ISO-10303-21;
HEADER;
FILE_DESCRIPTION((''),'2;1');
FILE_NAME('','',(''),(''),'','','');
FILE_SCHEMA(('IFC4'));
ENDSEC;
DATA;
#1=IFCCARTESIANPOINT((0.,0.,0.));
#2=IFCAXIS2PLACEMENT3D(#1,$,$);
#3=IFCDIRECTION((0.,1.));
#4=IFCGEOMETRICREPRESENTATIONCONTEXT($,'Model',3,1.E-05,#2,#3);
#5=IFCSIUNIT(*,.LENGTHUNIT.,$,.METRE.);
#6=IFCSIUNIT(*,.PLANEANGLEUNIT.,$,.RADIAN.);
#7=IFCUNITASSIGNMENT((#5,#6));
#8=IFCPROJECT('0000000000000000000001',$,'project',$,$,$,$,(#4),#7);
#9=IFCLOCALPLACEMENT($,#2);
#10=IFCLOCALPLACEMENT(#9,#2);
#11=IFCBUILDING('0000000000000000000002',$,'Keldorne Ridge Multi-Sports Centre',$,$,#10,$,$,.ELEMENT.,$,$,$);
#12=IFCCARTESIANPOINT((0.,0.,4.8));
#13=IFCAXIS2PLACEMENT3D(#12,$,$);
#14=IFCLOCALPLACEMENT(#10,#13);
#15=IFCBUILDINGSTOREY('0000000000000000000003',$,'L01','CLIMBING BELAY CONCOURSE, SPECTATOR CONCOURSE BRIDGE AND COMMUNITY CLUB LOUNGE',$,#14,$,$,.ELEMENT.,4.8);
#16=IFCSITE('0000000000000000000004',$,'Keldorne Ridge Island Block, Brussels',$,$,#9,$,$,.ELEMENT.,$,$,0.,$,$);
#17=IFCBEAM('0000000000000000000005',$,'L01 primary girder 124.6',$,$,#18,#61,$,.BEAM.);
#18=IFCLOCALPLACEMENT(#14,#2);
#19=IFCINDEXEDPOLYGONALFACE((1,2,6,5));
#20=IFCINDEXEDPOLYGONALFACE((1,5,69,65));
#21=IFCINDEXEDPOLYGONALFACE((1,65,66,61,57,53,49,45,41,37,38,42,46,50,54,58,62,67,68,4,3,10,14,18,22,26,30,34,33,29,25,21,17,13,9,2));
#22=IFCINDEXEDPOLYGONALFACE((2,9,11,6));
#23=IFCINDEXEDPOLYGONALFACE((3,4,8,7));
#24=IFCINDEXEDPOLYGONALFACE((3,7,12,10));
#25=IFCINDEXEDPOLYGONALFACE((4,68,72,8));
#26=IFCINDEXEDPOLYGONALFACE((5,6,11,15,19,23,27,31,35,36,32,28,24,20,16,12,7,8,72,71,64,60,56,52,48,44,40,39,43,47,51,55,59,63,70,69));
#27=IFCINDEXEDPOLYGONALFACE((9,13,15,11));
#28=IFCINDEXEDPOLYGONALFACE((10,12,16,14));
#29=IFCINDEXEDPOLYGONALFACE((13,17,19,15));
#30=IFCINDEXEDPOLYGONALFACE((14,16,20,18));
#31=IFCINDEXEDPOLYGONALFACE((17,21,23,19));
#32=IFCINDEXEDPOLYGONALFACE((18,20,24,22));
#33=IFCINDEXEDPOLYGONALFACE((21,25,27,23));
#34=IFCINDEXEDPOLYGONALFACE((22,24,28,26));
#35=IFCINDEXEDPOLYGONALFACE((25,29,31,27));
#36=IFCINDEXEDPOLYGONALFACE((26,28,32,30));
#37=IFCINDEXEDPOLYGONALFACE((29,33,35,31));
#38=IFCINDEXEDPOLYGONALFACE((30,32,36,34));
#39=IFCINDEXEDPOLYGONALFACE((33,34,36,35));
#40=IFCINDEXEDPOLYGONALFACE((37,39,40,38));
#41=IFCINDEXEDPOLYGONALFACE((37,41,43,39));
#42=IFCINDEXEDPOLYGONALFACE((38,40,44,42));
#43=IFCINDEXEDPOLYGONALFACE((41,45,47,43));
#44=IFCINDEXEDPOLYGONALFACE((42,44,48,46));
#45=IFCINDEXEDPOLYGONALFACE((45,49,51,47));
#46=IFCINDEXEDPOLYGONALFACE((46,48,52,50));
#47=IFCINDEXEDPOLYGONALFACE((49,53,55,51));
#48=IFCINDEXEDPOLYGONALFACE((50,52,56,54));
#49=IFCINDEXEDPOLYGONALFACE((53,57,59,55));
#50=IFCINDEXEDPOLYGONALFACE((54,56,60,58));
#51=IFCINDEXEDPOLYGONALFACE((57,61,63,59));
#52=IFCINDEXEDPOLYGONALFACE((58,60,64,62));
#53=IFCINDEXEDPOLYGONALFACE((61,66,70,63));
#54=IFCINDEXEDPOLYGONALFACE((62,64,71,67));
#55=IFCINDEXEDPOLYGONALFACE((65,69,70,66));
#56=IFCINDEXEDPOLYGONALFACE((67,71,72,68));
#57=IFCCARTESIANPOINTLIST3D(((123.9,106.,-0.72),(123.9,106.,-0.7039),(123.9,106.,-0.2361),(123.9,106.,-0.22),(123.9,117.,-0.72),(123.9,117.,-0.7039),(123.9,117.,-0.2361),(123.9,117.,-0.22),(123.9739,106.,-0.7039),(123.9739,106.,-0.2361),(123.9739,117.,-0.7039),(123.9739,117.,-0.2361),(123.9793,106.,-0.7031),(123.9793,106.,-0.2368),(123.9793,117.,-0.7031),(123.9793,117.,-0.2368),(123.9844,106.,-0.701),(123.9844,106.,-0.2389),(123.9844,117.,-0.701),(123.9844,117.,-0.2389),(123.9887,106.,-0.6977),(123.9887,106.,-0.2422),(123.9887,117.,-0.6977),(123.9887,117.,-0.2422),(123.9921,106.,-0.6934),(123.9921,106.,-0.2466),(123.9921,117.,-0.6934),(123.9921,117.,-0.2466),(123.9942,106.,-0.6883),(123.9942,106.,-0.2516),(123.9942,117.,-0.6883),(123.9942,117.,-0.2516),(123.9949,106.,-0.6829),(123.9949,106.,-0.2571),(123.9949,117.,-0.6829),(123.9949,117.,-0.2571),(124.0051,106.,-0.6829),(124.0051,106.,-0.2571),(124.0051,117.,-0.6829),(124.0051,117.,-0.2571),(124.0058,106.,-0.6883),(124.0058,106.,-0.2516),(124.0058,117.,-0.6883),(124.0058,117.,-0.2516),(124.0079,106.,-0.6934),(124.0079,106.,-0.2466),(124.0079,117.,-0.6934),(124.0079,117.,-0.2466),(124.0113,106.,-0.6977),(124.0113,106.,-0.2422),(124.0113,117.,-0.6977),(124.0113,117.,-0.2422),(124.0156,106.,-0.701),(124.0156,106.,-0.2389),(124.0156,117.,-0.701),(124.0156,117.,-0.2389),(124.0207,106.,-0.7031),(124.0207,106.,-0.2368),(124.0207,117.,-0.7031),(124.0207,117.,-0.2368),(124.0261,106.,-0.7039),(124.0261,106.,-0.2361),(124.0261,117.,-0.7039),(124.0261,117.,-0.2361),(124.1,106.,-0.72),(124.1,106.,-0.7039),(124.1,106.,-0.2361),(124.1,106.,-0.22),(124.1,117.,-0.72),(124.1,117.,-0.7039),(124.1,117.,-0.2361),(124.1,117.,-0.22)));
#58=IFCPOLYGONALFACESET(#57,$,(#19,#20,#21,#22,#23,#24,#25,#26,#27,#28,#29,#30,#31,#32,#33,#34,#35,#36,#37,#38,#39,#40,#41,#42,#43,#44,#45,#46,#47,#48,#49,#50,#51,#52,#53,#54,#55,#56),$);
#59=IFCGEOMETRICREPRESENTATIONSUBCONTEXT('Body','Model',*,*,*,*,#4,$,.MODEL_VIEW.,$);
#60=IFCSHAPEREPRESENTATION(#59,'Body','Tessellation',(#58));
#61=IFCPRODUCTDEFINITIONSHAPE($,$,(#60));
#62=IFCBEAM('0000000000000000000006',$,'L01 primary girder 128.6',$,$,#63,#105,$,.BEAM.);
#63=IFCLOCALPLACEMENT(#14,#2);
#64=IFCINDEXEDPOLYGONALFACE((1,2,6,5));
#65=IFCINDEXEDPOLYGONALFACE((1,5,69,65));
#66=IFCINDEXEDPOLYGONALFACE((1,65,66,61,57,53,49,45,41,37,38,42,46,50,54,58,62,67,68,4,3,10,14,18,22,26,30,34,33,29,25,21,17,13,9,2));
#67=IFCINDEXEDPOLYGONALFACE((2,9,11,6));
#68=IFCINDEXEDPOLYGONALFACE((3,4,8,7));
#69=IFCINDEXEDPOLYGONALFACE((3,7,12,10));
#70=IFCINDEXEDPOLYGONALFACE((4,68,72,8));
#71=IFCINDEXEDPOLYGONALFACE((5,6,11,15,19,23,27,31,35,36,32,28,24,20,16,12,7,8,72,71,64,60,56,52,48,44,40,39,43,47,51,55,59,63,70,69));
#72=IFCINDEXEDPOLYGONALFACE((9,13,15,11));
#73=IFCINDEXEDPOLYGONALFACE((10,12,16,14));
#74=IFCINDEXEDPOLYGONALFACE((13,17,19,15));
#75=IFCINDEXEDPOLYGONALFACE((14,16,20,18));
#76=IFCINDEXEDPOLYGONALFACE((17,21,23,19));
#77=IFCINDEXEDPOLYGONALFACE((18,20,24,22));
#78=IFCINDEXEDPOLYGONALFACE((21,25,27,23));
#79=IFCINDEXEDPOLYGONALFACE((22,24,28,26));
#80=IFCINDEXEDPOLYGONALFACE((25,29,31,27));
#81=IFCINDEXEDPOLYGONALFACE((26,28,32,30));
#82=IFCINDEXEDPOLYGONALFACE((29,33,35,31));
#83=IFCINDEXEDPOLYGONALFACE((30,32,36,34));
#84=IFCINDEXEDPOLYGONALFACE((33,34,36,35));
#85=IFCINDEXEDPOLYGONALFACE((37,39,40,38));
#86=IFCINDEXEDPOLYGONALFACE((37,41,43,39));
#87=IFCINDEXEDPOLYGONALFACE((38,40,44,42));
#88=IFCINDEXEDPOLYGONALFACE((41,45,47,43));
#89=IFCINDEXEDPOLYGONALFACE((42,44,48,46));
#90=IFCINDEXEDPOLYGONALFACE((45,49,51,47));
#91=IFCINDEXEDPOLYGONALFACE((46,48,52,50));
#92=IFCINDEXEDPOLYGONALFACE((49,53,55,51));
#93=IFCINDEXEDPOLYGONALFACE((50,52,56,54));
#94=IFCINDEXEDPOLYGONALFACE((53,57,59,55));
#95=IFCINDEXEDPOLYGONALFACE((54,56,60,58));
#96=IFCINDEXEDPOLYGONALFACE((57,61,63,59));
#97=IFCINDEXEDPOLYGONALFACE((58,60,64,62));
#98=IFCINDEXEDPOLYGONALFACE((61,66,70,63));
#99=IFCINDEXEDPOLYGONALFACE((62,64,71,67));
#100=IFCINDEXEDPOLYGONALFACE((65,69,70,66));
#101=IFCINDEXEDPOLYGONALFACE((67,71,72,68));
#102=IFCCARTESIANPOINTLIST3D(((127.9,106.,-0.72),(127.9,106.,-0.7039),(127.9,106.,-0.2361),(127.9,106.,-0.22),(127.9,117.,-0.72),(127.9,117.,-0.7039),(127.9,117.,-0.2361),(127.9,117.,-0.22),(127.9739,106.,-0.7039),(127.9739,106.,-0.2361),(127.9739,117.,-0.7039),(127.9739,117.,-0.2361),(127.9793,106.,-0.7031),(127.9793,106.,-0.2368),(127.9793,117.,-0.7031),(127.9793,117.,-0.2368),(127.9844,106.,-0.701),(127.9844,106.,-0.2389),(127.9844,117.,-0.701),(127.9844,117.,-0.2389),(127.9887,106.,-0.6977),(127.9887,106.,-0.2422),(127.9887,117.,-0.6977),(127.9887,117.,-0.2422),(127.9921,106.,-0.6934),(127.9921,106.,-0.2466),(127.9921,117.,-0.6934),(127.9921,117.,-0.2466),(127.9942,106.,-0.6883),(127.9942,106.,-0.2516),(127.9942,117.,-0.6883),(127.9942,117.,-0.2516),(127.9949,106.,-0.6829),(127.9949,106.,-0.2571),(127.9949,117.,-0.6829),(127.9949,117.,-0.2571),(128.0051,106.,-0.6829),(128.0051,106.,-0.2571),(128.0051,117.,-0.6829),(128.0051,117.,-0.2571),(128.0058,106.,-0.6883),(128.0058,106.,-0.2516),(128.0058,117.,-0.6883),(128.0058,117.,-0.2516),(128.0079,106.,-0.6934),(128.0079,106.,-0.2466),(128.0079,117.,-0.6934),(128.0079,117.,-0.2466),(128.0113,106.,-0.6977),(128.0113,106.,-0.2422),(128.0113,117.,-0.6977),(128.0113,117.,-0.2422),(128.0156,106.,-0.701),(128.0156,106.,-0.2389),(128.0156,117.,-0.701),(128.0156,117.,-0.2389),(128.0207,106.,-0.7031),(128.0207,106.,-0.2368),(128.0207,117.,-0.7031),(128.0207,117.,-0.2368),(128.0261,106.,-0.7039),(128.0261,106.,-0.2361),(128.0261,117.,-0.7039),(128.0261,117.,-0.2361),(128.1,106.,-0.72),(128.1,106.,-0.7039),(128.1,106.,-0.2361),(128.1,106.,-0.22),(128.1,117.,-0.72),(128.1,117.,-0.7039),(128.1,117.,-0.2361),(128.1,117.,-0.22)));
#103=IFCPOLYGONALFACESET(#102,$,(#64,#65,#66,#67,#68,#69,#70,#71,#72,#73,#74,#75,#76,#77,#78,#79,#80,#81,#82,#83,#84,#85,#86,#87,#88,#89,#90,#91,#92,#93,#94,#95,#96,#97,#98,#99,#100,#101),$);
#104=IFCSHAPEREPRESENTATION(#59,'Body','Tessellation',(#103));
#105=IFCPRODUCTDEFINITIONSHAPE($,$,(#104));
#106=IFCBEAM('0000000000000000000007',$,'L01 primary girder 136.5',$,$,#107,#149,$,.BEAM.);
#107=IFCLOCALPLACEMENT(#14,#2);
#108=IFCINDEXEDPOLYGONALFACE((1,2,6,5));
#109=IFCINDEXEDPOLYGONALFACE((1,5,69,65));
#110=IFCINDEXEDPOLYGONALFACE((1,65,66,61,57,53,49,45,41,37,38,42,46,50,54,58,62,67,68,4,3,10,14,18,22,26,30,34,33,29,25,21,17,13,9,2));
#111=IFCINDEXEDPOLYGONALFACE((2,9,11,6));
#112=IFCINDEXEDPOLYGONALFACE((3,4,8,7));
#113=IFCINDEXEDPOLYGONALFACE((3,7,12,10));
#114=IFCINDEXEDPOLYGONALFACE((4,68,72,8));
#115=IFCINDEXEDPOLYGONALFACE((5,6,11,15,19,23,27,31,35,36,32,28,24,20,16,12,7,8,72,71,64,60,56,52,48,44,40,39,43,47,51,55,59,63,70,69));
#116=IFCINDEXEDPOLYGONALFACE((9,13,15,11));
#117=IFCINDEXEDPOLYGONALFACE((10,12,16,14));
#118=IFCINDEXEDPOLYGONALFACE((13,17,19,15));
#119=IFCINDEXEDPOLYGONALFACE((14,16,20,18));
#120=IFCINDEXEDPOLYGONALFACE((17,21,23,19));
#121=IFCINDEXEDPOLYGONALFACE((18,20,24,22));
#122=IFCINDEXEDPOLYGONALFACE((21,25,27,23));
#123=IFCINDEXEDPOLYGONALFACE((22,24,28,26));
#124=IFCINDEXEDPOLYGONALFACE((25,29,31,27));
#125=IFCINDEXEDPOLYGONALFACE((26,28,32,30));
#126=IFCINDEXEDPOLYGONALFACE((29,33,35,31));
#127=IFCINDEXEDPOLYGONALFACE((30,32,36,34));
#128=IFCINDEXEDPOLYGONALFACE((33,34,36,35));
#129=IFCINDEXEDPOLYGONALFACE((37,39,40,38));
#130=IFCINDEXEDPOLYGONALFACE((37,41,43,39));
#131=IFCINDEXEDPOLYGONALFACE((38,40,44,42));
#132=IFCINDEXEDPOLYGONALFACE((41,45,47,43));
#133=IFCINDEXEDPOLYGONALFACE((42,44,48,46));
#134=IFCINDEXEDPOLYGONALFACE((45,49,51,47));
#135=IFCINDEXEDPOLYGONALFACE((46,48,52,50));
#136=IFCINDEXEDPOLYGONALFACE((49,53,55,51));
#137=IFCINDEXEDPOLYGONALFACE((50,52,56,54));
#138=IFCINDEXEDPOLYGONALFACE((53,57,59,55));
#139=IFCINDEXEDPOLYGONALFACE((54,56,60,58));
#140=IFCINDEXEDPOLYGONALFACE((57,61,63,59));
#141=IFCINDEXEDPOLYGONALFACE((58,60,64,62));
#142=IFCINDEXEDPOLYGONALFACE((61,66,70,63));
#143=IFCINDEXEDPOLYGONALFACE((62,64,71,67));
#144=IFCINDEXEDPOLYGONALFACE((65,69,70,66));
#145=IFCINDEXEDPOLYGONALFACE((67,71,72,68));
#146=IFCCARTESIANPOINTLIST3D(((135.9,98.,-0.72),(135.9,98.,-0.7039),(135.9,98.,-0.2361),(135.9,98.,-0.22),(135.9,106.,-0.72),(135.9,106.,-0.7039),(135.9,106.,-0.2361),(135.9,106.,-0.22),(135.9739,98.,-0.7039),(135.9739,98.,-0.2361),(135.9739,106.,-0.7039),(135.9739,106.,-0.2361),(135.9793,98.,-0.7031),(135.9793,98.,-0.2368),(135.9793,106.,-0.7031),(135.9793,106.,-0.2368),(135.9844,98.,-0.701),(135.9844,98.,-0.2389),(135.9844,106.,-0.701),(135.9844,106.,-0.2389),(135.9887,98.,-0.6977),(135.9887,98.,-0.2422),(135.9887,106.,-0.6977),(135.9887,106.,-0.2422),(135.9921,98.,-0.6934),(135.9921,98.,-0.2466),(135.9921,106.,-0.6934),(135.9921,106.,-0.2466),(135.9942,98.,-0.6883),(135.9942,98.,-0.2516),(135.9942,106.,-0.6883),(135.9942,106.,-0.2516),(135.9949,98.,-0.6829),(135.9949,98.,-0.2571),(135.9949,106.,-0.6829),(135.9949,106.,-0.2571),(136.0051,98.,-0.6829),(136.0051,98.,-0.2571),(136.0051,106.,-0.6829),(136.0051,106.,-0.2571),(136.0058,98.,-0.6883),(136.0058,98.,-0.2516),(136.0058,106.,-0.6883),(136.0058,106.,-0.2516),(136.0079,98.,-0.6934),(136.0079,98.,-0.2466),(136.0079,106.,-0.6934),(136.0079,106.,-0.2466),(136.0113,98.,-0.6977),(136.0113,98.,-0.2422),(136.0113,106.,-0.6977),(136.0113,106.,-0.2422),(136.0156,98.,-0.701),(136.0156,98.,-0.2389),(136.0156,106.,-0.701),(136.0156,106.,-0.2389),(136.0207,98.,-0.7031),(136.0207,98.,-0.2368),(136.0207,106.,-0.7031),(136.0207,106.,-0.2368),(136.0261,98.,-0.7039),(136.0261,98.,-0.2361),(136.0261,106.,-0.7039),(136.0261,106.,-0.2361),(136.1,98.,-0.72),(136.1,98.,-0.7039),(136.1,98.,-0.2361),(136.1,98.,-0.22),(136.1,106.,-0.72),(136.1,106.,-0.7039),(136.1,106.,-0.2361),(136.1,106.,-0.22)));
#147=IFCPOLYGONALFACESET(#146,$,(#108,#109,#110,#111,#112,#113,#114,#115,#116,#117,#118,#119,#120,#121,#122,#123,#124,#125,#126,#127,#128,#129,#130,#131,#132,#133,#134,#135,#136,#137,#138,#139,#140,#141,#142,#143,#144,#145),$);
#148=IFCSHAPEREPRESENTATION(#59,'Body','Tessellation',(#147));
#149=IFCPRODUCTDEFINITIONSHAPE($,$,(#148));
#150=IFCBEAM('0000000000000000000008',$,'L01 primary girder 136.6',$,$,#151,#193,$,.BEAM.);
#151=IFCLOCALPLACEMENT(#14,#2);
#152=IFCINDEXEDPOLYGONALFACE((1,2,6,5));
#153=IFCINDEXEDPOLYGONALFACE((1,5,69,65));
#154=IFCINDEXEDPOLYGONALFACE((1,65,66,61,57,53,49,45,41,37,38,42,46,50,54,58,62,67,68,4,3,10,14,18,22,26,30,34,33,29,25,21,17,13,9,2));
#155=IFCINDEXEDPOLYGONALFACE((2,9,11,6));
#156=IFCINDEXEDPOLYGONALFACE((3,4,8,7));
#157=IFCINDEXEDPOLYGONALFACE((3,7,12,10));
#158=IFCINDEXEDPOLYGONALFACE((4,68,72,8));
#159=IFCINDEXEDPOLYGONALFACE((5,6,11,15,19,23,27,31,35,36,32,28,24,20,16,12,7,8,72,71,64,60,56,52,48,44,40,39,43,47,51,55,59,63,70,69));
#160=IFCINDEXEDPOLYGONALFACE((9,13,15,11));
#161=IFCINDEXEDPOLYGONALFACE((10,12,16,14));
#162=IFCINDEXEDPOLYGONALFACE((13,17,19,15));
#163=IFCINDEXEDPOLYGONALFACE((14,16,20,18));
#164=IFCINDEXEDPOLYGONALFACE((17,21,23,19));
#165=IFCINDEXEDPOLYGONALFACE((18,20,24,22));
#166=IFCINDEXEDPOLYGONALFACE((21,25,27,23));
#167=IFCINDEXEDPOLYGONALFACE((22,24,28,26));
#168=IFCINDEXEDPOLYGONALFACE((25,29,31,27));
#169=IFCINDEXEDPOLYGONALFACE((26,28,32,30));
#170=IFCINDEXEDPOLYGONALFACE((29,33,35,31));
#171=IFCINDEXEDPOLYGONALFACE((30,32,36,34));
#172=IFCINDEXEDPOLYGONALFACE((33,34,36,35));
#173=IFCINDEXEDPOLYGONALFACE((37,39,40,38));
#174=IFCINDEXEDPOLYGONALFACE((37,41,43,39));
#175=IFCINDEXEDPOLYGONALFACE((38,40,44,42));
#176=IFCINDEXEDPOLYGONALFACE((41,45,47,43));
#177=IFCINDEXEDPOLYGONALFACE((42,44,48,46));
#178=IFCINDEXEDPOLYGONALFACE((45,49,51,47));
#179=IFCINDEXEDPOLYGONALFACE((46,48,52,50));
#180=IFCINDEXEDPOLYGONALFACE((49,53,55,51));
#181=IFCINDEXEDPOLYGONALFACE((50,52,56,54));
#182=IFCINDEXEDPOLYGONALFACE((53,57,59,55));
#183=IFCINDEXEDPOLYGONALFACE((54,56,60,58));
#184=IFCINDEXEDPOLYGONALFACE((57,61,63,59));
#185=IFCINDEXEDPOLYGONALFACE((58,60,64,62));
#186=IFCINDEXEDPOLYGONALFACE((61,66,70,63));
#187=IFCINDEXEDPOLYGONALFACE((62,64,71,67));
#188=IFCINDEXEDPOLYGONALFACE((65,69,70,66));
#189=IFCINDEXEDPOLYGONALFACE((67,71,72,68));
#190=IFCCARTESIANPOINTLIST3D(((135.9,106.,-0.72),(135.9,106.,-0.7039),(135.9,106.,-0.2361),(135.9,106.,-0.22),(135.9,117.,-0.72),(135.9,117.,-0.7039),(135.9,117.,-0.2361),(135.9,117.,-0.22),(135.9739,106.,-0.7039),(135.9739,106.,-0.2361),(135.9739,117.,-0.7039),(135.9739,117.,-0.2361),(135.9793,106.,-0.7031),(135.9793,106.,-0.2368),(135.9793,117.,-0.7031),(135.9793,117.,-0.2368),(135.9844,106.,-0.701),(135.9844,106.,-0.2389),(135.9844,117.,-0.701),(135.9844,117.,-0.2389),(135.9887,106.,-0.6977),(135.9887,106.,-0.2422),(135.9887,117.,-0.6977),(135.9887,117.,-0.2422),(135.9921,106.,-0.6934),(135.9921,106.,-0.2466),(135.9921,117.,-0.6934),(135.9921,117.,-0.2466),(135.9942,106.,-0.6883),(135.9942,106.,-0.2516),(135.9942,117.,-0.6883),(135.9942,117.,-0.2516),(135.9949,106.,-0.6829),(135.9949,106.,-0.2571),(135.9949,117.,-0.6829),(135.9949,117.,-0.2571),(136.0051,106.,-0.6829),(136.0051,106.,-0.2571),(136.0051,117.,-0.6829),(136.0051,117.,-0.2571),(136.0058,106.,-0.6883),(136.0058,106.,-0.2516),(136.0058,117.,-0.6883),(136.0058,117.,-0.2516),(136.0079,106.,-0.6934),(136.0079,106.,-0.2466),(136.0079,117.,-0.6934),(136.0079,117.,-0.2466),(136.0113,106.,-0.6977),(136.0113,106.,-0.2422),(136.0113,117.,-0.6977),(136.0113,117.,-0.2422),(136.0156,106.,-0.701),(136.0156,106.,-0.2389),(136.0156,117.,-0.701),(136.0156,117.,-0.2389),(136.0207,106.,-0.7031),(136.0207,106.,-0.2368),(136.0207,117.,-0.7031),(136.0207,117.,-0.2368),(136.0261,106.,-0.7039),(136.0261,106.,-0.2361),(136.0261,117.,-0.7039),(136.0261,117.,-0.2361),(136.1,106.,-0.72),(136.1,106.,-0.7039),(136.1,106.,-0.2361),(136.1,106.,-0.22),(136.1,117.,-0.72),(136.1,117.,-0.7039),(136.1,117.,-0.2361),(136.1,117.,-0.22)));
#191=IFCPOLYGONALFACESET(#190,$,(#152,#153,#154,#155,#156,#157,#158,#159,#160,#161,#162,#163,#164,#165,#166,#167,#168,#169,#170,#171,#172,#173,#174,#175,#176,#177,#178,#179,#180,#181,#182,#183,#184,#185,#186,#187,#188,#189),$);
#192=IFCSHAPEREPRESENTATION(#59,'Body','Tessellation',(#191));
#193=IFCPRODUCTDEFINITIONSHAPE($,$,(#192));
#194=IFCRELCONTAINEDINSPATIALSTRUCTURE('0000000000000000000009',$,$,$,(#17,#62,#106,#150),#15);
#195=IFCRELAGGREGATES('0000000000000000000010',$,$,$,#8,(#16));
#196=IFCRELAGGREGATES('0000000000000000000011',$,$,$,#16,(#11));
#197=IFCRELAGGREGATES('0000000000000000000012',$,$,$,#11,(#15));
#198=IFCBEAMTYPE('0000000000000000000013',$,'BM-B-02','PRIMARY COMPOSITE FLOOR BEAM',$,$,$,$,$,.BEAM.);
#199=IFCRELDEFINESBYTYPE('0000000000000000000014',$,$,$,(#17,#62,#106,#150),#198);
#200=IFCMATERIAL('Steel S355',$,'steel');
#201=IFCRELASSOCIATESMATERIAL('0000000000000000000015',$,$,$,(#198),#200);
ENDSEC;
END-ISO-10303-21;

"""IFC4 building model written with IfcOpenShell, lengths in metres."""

from ifc_helpers import new_model, si_unit, direction, frame, origin, origin_2d, place, context, subcontext, project, spatial, i_section, extrude, material, material_profile, profile_set, type_object, element, save


model = new_model("IFC4")

# Units and contexts
model_context = context("Model", 3, precision=1e-05, world=origin(), true_north=direction((0.0, 1.0)))
body_context = subcontext(model_context, "Body", "Model", "MODEL_VIEW")
ifc_project = project(units=[si_unit("LENGTHUNIT", "METRE"), si_unit("PLANEANGLEUNIT", "RADIAN")], contexts=[model_context])

# Site, building, storey
site_placement = place(None, origin())
site = spatial("IfcSite", under=ifc_project, at=site_placement, Name="Keldorne Ridge Island Block, Brussels", CompositionType="ELEMENT", RefElevation=0.0)
building_placement = place(site_placement, origin())
building = spatial("IfcBuilding", under=site, at=building_placement, Name="Keldorne Ridge Multi-Sports Centre", CompositionType="ELEMENT")
storey_placement = place(building_placement, frame((0.0, 0.0, 4.8)))
storey = spatial("IfcBuildingStorey", under=building, at=storey_placement, Name="L01", Description="CLIMBING BELAY CONCOURSE, SPECTATOR CONCOURSE BRIDGE AND COMMUNITY CLUB LOUNGE", CompositionType="ELEMENT", Elevation=4.8)

# Shared definitions
ifc_material_1 = material(Name="Steel S355", Category="steel")

# Beams
ifc_material_profile_1 = material_profile(ifc_material_1, i_section(OverallWidth=0.2, OverallDepth=0.5, WebThickness=0.0103, FlangeThickness=0.0161, FilletRadius=0.021, at=origin_2d()), Name="IPE 500")
ifc_profile_set_1 = profile_set([ifc_material_profile_1], Name="Steel S355")
beam_type_1 = type_object("IfcBeamType", Name="BM-B-02", Description="PRIMARY COMPOSITE FLOOR BEAM", PredefinedType="BEAM", material=ifc_profile_set_1)
for number, where, z_axis, x_axis, name in (
    (1, (124.0, 106.0, -0.47), (0.0, 1.0, 0.0), (-1.0, 0.0, 0.0), "L01 primary girder 124.6"),
    (2, (128.0, 106.0, -0.47), (0.0, 1.0, 0.0), (-1.0, 0.0, 0.0), "L01 primary girder 128.6"),
):
    element("IfcBeam", number, at=place(storey_placement, frame(where, z_axis=z_axis, x_axis=x_axis)), inside=storey, type_object=beam_type_1, Name=name, PredefinedType="BEAM", context=body_context, shape_type="SweptSolid", body=[
        extrude(i_section(OverallWidth=0.2, OverallDepth=0.5, WebThickness=0.0103, FlangeThickness=0.0161, FilletRadius=0.021, at=origin_2d()), origin(), (0.0, 0.0, 1.0), 11.0),
    ])
beam_1_placement = place(storey_placement, frame((136.0, 98.0, -0.47), z_axis=(0.0, 1.0, 0.0), x_axis=(-1.0, 0.0, 0.0)))
element("IfcBeam", 3, at=beam_1_placement, inside=storey, type_object=beam_type_1, Name="L01 primary girder 136.5", PredefinedType="BEAM", context=body_context, shape_type="SweptSolid", body=[
    extrude(i_section(OverallWidth=0.2, OverallDepth=0.5, WebThickness=0.0103, FlangeThickness=0.0161, FilletRadius=0.021, at=origin_2d()), origin(), (0.0, 0.0, 1.0), 8.0),
])
beam_2_placement = place(storey_placement, frame((136.0, 106.0, -0.47), z_axis=(0.0, 1.0, 0.0), x_axis=(-1.0, 0.0, 0.0)))
element("IfcBeam", 4, at=beam_2_placement, inside=storey, type_object=beam_type_1, Name="L01 primary girder 136.6", PredefinedType="BEAM", context=body_context, shape_type="SweptSolid", body=[
    extrude(i_section(OverallWidth=0.2, OverallDepth=0.5, WebThickness=0.0103, FlangeThickness=0.0161, FilletRadius=0.021, at=origin_2d()), origin(), (0.0, 0.0, 1.0), 11.0),
])

save(model, "model.ifc")
